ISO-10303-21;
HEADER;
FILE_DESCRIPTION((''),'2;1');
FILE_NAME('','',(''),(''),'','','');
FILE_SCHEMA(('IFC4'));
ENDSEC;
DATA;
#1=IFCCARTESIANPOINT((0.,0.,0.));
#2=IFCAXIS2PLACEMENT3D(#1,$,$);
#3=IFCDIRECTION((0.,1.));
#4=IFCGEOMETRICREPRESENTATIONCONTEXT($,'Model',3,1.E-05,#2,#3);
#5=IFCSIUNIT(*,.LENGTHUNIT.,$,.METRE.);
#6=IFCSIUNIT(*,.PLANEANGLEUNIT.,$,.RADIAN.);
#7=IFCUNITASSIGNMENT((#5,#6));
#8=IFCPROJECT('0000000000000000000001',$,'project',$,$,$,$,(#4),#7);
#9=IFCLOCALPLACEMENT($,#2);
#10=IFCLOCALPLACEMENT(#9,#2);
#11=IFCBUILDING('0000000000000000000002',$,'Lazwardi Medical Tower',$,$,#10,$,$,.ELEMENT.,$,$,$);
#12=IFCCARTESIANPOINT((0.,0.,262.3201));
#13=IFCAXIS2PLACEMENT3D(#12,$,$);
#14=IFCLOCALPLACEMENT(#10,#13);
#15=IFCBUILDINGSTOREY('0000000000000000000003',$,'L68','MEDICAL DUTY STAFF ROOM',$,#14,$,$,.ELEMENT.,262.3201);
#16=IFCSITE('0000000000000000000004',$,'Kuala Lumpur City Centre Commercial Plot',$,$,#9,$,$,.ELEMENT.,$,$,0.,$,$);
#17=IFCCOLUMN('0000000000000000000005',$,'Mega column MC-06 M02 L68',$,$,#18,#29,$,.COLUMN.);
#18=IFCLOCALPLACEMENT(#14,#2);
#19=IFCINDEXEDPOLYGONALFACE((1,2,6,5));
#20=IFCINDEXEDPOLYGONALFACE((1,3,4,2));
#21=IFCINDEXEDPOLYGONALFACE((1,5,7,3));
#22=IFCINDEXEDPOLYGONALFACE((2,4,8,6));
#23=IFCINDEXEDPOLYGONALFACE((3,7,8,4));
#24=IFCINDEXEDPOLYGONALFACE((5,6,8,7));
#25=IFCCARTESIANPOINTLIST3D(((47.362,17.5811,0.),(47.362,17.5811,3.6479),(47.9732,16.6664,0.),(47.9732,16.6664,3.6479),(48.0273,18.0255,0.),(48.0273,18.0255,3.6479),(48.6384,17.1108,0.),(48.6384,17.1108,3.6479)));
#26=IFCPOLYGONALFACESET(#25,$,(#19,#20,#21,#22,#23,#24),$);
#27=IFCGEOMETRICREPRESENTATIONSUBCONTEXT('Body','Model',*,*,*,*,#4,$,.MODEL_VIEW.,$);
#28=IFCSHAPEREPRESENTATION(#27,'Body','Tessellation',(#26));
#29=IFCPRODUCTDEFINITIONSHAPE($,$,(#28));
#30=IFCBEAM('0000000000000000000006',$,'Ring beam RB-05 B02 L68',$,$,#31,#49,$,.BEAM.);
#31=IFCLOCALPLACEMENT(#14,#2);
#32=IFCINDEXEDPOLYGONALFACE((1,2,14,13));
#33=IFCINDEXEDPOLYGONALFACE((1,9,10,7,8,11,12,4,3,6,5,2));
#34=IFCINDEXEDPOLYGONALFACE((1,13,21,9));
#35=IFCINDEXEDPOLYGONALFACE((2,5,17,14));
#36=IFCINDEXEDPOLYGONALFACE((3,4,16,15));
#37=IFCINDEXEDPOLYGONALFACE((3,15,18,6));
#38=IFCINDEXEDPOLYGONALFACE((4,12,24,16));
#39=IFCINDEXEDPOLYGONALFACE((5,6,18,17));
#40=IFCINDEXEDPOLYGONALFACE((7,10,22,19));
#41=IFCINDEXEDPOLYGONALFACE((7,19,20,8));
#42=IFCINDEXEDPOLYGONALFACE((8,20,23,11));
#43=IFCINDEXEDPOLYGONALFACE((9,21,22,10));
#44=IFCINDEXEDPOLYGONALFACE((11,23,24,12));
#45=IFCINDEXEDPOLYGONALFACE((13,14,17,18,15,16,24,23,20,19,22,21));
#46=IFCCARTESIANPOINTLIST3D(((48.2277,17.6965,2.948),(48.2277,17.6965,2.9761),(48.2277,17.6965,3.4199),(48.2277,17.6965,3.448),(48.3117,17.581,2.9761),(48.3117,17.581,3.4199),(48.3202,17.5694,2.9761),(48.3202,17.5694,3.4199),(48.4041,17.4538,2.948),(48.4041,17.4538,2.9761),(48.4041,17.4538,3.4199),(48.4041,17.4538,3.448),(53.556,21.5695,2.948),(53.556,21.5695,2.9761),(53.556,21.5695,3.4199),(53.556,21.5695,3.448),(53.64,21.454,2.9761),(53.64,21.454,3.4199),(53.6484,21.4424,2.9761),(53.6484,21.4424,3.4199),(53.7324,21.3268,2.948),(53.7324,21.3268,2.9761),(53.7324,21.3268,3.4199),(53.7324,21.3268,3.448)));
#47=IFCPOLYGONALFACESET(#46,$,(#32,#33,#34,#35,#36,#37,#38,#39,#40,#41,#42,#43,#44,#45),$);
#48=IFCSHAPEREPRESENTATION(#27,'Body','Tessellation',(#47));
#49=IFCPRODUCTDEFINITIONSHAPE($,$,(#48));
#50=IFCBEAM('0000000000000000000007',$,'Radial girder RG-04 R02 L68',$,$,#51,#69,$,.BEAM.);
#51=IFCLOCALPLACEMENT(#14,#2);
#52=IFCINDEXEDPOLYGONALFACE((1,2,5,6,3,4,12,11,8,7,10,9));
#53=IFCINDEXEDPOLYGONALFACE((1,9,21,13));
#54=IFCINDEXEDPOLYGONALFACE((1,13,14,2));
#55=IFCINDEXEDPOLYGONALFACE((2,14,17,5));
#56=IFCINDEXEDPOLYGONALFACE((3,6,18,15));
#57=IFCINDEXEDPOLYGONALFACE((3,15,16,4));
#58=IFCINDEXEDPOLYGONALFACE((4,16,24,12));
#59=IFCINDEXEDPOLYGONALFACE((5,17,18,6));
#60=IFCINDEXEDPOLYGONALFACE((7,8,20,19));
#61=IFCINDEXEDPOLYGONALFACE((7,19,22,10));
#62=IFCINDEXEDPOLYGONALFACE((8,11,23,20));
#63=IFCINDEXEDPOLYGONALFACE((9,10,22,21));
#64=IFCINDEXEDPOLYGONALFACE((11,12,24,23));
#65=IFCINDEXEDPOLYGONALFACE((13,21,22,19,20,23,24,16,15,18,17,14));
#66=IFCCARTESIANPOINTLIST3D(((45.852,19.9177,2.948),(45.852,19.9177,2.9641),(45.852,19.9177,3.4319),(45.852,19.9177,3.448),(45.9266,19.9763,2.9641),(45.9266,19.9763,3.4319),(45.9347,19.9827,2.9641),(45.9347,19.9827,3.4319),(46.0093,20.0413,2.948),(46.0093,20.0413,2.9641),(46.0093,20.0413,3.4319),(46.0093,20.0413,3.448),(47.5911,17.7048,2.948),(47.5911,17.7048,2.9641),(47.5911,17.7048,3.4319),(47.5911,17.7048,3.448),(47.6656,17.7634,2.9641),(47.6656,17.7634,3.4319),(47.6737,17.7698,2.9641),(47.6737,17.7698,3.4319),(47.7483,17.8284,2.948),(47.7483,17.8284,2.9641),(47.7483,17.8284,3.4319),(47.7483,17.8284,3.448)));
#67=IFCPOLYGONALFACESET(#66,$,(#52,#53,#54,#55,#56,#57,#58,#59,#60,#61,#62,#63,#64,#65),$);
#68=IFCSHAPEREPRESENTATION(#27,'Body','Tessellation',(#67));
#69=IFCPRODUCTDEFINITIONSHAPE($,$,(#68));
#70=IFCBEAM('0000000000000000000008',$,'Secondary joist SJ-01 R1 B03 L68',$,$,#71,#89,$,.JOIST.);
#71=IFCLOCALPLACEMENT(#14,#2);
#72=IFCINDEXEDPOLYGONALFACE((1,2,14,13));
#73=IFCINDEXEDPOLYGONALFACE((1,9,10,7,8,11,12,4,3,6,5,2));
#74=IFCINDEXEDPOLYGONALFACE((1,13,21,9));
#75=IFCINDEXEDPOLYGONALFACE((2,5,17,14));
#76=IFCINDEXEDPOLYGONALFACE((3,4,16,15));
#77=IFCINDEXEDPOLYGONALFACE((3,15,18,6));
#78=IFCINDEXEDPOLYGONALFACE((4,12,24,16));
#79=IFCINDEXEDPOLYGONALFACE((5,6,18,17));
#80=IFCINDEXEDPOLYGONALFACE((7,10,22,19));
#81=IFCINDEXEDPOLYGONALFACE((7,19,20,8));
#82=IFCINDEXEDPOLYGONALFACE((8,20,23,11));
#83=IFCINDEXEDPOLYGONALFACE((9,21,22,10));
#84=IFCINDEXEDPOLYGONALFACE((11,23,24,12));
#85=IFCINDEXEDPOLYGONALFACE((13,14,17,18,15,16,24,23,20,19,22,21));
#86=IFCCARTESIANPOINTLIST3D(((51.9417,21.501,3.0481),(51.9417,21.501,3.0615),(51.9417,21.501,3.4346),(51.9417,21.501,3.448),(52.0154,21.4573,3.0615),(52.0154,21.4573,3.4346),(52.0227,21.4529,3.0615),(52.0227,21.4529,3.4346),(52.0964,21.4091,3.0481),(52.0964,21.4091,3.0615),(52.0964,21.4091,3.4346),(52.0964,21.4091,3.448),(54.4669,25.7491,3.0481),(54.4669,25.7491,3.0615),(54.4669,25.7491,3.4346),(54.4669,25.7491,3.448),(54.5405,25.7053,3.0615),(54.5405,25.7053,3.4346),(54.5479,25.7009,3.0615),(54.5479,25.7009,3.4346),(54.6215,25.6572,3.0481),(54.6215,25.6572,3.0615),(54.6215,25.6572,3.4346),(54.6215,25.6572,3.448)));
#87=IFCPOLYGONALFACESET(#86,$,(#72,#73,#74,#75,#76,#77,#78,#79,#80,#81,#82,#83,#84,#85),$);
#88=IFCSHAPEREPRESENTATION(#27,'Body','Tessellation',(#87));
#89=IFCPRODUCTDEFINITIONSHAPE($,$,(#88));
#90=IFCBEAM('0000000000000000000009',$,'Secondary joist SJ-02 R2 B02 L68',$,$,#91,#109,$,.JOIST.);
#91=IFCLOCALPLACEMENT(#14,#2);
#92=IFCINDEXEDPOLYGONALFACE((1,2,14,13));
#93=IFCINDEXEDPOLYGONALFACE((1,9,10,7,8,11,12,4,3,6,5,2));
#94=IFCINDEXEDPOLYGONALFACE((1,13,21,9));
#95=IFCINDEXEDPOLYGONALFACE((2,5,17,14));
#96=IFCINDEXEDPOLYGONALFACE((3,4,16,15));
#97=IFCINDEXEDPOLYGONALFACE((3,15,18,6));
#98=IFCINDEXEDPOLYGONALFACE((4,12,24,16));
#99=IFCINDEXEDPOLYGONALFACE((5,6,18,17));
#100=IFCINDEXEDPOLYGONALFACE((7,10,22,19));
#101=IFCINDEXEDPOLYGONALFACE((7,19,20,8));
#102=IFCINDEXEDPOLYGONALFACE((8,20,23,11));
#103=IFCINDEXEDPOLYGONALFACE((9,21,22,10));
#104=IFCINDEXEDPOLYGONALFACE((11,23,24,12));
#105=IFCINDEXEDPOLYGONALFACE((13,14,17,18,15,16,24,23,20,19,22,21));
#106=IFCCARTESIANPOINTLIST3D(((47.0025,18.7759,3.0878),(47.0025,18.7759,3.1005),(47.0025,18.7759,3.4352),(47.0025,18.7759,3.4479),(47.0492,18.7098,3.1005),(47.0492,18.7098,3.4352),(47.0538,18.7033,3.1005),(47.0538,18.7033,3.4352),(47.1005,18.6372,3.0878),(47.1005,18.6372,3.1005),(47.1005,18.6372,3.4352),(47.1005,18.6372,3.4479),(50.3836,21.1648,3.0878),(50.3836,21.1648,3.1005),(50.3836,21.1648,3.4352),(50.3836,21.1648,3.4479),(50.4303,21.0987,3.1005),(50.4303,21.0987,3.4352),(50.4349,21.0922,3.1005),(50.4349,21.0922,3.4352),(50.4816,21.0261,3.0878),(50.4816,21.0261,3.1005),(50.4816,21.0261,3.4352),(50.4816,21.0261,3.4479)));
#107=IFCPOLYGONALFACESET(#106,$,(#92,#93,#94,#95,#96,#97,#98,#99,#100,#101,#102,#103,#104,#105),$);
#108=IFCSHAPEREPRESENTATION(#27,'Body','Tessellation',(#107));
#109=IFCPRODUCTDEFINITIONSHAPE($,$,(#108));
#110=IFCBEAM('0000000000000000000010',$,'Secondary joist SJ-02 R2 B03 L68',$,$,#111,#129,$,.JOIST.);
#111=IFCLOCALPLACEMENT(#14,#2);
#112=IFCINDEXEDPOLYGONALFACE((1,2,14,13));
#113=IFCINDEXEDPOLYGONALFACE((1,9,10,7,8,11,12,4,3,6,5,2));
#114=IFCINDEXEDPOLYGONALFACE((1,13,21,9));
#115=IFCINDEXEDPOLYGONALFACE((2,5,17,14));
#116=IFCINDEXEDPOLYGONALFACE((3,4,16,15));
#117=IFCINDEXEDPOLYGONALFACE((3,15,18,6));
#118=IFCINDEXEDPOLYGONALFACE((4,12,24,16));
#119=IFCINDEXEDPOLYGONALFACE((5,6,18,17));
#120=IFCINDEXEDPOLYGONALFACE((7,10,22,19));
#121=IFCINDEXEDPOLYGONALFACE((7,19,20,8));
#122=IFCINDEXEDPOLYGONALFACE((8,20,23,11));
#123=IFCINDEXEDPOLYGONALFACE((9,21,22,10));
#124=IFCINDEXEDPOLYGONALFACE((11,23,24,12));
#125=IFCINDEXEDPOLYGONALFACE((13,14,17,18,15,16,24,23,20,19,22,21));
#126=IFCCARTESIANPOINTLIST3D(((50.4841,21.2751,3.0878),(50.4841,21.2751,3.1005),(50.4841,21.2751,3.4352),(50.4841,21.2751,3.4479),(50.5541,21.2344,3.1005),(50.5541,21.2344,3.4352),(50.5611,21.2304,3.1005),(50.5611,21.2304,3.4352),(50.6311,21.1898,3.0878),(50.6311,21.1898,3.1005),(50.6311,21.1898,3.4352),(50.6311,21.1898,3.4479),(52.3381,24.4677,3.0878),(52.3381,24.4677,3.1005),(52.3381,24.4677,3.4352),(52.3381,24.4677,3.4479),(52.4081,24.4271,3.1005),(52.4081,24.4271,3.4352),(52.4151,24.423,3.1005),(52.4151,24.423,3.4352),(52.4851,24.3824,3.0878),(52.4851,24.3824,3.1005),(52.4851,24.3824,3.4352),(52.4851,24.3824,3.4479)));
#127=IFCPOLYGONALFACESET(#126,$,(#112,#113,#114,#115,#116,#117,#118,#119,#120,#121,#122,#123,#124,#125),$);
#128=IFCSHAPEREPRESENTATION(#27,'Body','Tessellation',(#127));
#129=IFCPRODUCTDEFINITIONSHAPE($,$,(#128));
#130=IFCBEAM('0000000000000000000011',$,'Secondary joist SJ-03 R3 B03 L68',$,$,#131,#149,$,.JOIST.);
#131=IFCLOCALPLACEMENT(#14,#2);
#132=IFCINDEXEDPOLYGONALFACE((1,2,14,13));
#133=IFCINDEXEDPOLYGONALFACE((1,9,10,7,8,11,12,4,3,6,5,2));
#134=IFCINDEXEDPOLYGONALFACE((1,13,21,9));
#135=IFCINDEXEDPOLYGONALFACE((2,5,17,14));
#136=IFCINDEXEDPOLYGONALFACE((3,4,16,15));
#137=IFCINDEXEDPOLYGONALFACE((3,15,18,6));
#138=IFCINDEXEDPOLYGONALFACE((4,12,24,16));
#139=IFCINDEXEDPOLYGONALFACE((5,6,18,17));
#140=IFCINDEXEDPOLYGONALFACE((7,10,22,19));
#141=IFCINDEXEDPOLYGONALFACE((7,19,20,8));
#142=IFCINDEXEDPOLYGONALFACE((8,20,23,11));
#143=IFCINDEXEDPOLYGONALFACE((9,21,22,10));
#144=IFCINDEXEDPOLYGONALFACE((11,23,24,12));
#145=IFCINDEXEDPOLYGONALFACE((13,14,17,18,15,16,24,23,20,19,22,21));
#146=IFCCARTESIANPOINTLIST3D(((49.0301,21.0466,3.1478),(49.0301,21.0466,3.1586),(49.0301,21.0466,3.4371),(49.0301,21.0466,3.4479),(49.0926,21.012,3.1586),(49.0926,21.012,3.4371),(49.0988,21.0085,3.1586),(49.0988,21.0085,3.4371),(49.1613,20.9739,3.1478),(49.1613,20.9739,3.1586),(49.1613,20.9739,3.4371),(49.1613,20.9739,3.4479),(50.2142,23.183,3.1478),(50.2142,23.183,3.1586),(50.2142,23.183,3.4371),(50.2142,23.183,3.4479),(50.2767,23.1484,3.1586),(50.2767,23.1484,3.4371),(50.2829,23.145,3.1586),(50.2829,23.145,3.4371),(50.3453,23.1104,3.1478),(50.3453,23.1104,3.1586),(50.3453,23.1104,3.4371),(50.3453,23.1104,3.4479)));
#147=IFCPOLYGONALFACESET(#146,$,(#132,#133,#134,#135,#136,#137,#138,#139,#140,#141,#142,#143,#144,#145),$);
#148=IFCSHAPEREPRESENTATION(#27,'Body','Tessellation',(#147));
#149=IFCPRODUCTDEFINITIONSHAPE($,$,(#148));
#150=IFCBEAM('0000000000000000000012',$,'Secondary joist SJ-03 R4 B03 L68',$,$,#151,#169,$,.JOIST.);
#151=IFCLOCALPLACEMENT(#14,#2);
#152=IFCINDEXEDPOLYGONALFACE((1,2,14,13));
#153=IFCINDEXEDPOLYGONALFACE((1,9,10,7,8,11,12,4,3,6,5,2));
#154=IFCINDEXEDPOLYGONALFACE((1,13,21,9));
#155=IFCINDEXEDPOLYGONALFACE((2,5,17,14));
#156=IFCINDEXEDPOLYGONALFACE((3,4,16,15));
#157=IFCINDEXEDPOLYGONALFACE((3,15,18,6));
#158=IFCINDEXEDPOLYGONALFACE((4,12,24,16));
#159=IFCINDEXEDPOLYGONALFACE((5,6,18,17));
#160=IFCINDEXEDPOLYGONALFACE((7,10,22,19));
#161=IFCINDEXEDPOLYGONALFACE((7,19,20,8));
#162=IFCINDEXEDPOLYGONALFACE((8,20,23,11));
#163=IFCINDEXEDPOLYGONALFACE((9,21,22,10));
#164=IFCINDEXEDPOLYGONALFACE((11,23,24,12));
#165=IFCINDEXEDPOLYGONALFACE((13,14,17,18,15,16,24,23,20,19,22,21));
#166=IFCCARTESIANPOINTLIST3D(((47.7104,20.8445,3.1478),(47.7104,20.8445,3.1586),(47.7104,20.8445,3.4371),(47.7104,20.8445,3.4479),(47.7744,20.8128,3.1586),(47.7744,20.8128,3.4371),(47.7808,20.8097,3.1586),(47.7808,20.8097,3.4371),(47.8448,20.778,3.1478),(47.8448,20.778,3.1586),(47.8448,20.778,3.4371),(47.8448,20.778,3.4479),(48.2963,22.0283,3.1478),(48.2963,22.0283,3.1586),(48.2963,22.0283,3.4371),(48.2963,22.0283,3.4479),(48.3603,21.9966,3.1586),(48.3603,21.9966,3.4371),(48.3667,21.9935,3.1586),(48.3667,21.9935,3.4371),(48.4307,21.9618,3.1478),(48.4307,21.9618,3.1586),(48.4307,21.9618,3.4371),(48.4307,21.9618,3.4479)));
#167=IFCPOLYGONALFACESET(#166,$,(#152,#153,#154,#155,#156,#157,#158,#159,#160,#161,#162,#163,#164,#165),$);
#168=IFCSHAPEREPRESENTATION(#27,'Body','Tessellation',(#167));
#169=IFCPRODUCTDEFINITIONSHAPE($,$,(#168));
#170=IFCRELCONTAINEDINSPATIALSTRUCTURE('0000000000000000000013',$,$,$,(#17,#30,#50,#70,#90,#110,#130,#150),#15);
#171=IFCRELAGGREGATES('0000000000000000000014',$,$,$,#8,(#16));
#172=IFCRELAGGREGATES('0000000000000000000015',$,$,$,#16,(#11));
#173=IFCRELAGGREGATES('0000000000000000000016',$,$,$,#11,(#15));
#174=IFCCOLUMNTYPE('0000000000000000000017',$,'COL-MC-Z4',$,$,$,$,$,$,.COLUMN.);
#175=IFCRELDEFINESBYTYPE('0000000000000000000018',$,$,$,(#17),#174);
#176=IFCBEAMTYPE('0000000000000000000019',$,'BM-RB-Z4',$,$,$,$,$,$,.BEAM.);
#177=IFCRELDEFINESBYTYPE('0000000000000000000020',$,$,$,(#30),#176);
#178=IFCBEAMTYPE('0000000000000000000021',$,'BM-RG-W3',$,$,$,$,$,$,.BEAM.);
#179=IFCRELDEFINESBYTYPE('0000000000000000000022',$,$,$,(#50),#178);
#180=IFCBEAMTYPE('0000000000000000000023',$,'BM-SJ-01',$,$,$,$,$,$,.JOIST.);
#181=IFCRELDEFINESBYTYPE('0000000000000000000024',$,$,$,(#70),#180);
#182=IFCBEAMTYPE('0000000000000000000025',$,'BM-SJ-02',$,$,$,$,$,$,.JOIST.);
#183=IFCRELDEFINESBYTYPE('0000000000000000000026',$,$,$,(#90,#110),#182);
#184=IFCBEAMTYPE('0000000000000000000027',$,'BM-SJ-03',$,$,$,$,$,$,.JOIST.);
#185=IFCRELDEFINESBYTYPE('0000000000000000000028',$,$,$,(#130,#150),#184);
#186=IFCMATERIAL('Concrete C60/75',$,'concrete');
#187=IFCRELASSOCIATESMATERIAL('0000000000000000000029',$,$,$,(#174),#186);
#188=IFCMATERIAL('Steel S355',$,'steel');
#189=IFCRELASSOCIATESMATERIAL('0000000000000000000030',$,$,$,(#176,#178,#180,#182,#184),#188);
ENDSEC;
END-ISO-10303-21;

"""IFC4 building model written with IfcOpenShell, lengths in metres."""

from ifc_helpers import new_model, si_unit, direction, frame, origin, origin_2d, place, context, subcontext, project, spatial, rectangle, i_section, extrude, material, material_profile, profile_set, type_object, element, save


model = new_model("IFC4")

# Units and contexts
model_context = context("Model", 3, precision=1e-05, world=origin(), true_north=direction((0.0, 1.0)))
body_context = subcontext(model_context, "Body", "Model", "MODEL_VIEW")
ifc_project = project(units=[si_unit("LENGTHUNIT", "METRE"), si_unit("PLANEANGLEUNIT", "RADIAN")], contexts=[model_context])

# Site, building, storey
site_placement = place(None, origin())
site = spatial("IfcSite", under=ifc_project, at=site_placement, Name="Kuala Lumpur City Centre Commercial Plot", CompositionType="ELEMENT", RefElevation=0.0)
building_placement = place(site_placement, origin())
building = spatial("IfcBuilding", under=site, at=building_placement, Name="Lazwardi Medical Tower", CompositionType="ELEMENT")
storey_placement = place(building_placement, frame((0.0, 0.0, 262.3201)))
storey = spatial("IfcBuildingStorey", under=building, at=storey_placement, Name="L68", Description="MEDICAL DUTY STAFF ROOM", CompositionType="ELEMENT", Elevation=262.3201)

# Column
ifc_material_1 = material(Name="Concrete C60/75", Category="concrete")
ifc_material_profile_1 = material_profile(ifc_material_1, rectangle(XDim=1.1001, YDim=0.8, at=origin_2d()), Name="CFT-RECT 1100x800")
ifc_profile_set_1 = profile_set([ifc_material_profile_1], Name="Concrete C60/75")
column_type = type_object("IfcColumnType", Name="COL-MC-Z4", PredefinedType="COLUMN", material=ifc_profile_set_1)
column_placement = place(storey_placement, frame((48.0002, 17.3459, 0.0), z_axis=(0.0, 0.0, 1.0), x_axis=(0.55557, -0.83147, 0.0)))
element("IfcColumn", 1, at=column_placement, inside=storey, type_object=column_type, Name="Mega column MC-06 M02 L68", PredefinedType="COLUMN", context=body_context, shape_type="SweptSolid", body=[
    extrude(rectangle(XDim=1.1001, YDim=0.8, at=origin_2d()), origin(), (0.0, 0.0, 1.0), 3.6479),
])

# Beams
ifc_material_2 = material(Name="Steel S355", Category="steel")
ifc_material_profile_2 = material_profile(ifc_material_2, i_section(OverallWidth=0.3, OverallDepth=0.5, WebThickness=0.0144, FlangeThickness=0.0281, at=origin_2d()), Name="HEB 500")
ifc_profile_set_2 = profile_set([ifc_material_profile_2], Name="Steel S355")
beam_type_1 = type_object("IfcBeamType", Name="BM-RB-Z4", PredefinedType="BEAM", material=ifc_profile_set_2)
beam_1_placement = place(storey_placement, frame((48.3159, 17.5752, 3.198), z_axis=(0.80889, 0.58796, 0.0), x_axis=(-0.58796, 0.80889, 0.0)))
element("IfcBeam", 2, at=beam_1_placement, inside=storey, type_object=beam_type_1, Name="Ring beam RB-05 B02 L68", PredefinedType="BEAM", context=body_context, shape_type="SweptSolid", body=[
    extrude(i_section(OverallWidth=0.3, OverallDepth=0.5, WebThickness=0.0144, FlangeThickness=0.0281, at=origin_2d()), origin(), (0.0, 0.0, 1.0), 6.5872),
])
ifc_material_profile_3 = material_profile(ifc_material_2, i_section(OverallWidth=0.2, OverallDepth=0.5, WebThickness=0.0103, FlangeThickness=0.0161, at=origin_2d()), Name="IPE 500")
ifc_profile_set_3 = profile_set([ifc_material_profile_3], Name="Steel S355")
beam_type_2 = type_object("IfcBeamType", Name="BM-RG-W3", PredefinedType="BEAM", material=ifc_profile_set_3)
beam_2_placement = place(storey_placement, frame((47.6697, 17.7666, 3.198), z_axis=(-0.617891, 0.786264, 0.0), x_axis=(-0.786264, -0.617891, 0.0)))
element("IfcBeam", 3, at=beam_2_placement, inside=storey, type_object=beam_type_2, Name="Radial girder RG-04 R02 L68", PredefinedType="BEAM", context=body_context, shape_type="SweptSolid", body=[
    extrude(i_section(OverallWidth=0.2, OverallDepth=0.5, WebThickness=0.0103, FlangeThickness=0.0161, at=origin_2d()), origin(), (0.0, 0.0, 1.0), 2.8145),
])
ifc_material_profile_4 = material_profile(ifc_material_2, i_section(OverallWidth=0.1799, OverallDepth=0.3999, WebThickness=0.0085, FlangeThickness=0.0134, at=origin_2d()), Name="IPE 400")
ifc_profile_set_4 = profile_set([ifc_material_profile_4], Name="Steel S355")
beam_type_3 = type_object("IfcBeamType", Name="BM-SJ-01", PredefinedType="JOIST", material=ifc_profile_set_4)
beam_3_placement = place(storey_placement, frame((52.019, 21.4551, 3.248), z_axis=(0.510968, 0.8596, 0.0), x_axis=(-0.8596, 0.510968, 0.0)))
element("IfcBeam", 4, at=beam_3_placement, inside=storey, type_object=beam_type_3, Name="Secondary joist SJ-01 R1 B03 L68", PredefinedType="JOIST", context=body_context, shape_type="SweptSolid", body=[
    extrude(i_section(OverallWidth=0.1799, OverallDepth=0.3999, WebThickness=0.0085, FlangeThickness=0.0134, at=origin_2d()), origin(), (0.0, 0.0, 1.0), 4.9419),
])
ifc_material_profile_5 = material_profile(ifc_material_2, i_section(OverallWidth=0.1699, OverallDepth=0.3601, WebThickness=0.0081, FlangeThickness=0.0127, at=origin_2d()), Name="IPE 360")
ifc_profile_set_5 = profile_set([ifc_material_profile_5], Name="Steel S355")
beam_type_4 = type_object("IfcBeamType", Name="BM-SJ-02", PredefinedType="JOIST", material=ifc_profile_set_5)
beam_4_placement = place(storey_placement, frame((47.0515, 18.7065, 3.2678), z_axis=(0.816711, 0.577047, 0.0), x_axis=(-0.577047, 0.816711, 0.0)))
element("IfcBeam", 5, at=beam_4_placement, inside=storey, type_object=beam_type_4, Name="Secondary joist SJ-02 R2 B02 L68", PredefinedType="JOIST", context=body_context, shape_type="SweptSolid", body=[
    extrude(i_section(OverallWidth=0.1699, OverallDepth=0.3601, WebThickness=0.0081, FlangeThickness=0.0127, at=origin_2d()), origin(), (0.0, 0.0, 1.0), 4.1399),
])
beam_5_placement = place(storey_placement, frame((50.5576, 21.2324, 3.2678), z_axis=(0.50218, 0.864763, 0.0), x_axis=(-0.864763, 0.50218, 0.0)))
element("IfcBeam", 6, at=beam_5_placement, inside=storey, type_object=beam_type_4, Name="Secondary joist SJ-02 R2 B03 L68", PredefinedType="JOIST", context=body_context, shape_type="SweptSolid", body=[
    extrude(i_section(OverallWidth=0.1699, OverallDepth=0.3601, WebThickness=0.0081, FlangeThickness=0.0127, at=origin_2d()), origin(), (0.0, 0.0, 1.0), 3.6919),
])
ifc_material_profile_6 = material_profile(ifc_material_2, i_section(OverallWidth=0.1499, OverallDepth=0.3, WebThickness=0.0071, FlangeThickness=0.0107, at=origin_2d()), Name="IPE 300")
ifc_profile_set_6 = profile_set([ifc_material_profile_6], Name="Steel S355")
beam_type_5 = type_object("IfcBeamType", Name="BM-SJ-03", PredefinedType="JOIST", material=ifc_profile_set_6)
beam_6_placement = place(storey_placement, frame((49.0957, 21.0103, 3.2979), z_axis=(0.484752, 0.874652, 0.0), x_axis=(-0.874652, 0.484752, 0.0)))
element("IfcBeam", 7, at=beam_6_placement, inside=storey, type_object=beam_type_5, Name="Secondary joist SJ-03 R3 B03 L68", PredefinedType="JOIST", context=body_context, shape_type="SweptSolid", body=[
    extrude(i_section(OverallWidth=0.1499, OverallDepth=0.3, WebThickness=0.0071, FlangeThickness=0.0107, at=origin_2d()), origin(), (0.0, 0.0, 1.0), 2.4426),
])
beam_7_placement = place(storey_placement, frame((47.7776, 20.8113, 3.2979), z_axis=(0.443587, 0.896231, 0.0), x_axis=(-0.896231, 0.443587, 0.0)))
element("IfcBeam", 8, at=beam_7_placement, inside=storey, type_object=beam_type_5, Name="Secondary joist SJ-03 R4 B03 L68", PredefinedType="JOIST", context=body_context, shape_type="SweptSolid", body=[
    extrude(i_section(OverallWidth=0.1499, OverallDepth=0.3, WebThickness=0.0071, FlangeThickness=0.0107, at=origin_2d()), origin(), (0.0, 0.0, 1.0), 1.3208),
])

save(model, "model.ifc")
